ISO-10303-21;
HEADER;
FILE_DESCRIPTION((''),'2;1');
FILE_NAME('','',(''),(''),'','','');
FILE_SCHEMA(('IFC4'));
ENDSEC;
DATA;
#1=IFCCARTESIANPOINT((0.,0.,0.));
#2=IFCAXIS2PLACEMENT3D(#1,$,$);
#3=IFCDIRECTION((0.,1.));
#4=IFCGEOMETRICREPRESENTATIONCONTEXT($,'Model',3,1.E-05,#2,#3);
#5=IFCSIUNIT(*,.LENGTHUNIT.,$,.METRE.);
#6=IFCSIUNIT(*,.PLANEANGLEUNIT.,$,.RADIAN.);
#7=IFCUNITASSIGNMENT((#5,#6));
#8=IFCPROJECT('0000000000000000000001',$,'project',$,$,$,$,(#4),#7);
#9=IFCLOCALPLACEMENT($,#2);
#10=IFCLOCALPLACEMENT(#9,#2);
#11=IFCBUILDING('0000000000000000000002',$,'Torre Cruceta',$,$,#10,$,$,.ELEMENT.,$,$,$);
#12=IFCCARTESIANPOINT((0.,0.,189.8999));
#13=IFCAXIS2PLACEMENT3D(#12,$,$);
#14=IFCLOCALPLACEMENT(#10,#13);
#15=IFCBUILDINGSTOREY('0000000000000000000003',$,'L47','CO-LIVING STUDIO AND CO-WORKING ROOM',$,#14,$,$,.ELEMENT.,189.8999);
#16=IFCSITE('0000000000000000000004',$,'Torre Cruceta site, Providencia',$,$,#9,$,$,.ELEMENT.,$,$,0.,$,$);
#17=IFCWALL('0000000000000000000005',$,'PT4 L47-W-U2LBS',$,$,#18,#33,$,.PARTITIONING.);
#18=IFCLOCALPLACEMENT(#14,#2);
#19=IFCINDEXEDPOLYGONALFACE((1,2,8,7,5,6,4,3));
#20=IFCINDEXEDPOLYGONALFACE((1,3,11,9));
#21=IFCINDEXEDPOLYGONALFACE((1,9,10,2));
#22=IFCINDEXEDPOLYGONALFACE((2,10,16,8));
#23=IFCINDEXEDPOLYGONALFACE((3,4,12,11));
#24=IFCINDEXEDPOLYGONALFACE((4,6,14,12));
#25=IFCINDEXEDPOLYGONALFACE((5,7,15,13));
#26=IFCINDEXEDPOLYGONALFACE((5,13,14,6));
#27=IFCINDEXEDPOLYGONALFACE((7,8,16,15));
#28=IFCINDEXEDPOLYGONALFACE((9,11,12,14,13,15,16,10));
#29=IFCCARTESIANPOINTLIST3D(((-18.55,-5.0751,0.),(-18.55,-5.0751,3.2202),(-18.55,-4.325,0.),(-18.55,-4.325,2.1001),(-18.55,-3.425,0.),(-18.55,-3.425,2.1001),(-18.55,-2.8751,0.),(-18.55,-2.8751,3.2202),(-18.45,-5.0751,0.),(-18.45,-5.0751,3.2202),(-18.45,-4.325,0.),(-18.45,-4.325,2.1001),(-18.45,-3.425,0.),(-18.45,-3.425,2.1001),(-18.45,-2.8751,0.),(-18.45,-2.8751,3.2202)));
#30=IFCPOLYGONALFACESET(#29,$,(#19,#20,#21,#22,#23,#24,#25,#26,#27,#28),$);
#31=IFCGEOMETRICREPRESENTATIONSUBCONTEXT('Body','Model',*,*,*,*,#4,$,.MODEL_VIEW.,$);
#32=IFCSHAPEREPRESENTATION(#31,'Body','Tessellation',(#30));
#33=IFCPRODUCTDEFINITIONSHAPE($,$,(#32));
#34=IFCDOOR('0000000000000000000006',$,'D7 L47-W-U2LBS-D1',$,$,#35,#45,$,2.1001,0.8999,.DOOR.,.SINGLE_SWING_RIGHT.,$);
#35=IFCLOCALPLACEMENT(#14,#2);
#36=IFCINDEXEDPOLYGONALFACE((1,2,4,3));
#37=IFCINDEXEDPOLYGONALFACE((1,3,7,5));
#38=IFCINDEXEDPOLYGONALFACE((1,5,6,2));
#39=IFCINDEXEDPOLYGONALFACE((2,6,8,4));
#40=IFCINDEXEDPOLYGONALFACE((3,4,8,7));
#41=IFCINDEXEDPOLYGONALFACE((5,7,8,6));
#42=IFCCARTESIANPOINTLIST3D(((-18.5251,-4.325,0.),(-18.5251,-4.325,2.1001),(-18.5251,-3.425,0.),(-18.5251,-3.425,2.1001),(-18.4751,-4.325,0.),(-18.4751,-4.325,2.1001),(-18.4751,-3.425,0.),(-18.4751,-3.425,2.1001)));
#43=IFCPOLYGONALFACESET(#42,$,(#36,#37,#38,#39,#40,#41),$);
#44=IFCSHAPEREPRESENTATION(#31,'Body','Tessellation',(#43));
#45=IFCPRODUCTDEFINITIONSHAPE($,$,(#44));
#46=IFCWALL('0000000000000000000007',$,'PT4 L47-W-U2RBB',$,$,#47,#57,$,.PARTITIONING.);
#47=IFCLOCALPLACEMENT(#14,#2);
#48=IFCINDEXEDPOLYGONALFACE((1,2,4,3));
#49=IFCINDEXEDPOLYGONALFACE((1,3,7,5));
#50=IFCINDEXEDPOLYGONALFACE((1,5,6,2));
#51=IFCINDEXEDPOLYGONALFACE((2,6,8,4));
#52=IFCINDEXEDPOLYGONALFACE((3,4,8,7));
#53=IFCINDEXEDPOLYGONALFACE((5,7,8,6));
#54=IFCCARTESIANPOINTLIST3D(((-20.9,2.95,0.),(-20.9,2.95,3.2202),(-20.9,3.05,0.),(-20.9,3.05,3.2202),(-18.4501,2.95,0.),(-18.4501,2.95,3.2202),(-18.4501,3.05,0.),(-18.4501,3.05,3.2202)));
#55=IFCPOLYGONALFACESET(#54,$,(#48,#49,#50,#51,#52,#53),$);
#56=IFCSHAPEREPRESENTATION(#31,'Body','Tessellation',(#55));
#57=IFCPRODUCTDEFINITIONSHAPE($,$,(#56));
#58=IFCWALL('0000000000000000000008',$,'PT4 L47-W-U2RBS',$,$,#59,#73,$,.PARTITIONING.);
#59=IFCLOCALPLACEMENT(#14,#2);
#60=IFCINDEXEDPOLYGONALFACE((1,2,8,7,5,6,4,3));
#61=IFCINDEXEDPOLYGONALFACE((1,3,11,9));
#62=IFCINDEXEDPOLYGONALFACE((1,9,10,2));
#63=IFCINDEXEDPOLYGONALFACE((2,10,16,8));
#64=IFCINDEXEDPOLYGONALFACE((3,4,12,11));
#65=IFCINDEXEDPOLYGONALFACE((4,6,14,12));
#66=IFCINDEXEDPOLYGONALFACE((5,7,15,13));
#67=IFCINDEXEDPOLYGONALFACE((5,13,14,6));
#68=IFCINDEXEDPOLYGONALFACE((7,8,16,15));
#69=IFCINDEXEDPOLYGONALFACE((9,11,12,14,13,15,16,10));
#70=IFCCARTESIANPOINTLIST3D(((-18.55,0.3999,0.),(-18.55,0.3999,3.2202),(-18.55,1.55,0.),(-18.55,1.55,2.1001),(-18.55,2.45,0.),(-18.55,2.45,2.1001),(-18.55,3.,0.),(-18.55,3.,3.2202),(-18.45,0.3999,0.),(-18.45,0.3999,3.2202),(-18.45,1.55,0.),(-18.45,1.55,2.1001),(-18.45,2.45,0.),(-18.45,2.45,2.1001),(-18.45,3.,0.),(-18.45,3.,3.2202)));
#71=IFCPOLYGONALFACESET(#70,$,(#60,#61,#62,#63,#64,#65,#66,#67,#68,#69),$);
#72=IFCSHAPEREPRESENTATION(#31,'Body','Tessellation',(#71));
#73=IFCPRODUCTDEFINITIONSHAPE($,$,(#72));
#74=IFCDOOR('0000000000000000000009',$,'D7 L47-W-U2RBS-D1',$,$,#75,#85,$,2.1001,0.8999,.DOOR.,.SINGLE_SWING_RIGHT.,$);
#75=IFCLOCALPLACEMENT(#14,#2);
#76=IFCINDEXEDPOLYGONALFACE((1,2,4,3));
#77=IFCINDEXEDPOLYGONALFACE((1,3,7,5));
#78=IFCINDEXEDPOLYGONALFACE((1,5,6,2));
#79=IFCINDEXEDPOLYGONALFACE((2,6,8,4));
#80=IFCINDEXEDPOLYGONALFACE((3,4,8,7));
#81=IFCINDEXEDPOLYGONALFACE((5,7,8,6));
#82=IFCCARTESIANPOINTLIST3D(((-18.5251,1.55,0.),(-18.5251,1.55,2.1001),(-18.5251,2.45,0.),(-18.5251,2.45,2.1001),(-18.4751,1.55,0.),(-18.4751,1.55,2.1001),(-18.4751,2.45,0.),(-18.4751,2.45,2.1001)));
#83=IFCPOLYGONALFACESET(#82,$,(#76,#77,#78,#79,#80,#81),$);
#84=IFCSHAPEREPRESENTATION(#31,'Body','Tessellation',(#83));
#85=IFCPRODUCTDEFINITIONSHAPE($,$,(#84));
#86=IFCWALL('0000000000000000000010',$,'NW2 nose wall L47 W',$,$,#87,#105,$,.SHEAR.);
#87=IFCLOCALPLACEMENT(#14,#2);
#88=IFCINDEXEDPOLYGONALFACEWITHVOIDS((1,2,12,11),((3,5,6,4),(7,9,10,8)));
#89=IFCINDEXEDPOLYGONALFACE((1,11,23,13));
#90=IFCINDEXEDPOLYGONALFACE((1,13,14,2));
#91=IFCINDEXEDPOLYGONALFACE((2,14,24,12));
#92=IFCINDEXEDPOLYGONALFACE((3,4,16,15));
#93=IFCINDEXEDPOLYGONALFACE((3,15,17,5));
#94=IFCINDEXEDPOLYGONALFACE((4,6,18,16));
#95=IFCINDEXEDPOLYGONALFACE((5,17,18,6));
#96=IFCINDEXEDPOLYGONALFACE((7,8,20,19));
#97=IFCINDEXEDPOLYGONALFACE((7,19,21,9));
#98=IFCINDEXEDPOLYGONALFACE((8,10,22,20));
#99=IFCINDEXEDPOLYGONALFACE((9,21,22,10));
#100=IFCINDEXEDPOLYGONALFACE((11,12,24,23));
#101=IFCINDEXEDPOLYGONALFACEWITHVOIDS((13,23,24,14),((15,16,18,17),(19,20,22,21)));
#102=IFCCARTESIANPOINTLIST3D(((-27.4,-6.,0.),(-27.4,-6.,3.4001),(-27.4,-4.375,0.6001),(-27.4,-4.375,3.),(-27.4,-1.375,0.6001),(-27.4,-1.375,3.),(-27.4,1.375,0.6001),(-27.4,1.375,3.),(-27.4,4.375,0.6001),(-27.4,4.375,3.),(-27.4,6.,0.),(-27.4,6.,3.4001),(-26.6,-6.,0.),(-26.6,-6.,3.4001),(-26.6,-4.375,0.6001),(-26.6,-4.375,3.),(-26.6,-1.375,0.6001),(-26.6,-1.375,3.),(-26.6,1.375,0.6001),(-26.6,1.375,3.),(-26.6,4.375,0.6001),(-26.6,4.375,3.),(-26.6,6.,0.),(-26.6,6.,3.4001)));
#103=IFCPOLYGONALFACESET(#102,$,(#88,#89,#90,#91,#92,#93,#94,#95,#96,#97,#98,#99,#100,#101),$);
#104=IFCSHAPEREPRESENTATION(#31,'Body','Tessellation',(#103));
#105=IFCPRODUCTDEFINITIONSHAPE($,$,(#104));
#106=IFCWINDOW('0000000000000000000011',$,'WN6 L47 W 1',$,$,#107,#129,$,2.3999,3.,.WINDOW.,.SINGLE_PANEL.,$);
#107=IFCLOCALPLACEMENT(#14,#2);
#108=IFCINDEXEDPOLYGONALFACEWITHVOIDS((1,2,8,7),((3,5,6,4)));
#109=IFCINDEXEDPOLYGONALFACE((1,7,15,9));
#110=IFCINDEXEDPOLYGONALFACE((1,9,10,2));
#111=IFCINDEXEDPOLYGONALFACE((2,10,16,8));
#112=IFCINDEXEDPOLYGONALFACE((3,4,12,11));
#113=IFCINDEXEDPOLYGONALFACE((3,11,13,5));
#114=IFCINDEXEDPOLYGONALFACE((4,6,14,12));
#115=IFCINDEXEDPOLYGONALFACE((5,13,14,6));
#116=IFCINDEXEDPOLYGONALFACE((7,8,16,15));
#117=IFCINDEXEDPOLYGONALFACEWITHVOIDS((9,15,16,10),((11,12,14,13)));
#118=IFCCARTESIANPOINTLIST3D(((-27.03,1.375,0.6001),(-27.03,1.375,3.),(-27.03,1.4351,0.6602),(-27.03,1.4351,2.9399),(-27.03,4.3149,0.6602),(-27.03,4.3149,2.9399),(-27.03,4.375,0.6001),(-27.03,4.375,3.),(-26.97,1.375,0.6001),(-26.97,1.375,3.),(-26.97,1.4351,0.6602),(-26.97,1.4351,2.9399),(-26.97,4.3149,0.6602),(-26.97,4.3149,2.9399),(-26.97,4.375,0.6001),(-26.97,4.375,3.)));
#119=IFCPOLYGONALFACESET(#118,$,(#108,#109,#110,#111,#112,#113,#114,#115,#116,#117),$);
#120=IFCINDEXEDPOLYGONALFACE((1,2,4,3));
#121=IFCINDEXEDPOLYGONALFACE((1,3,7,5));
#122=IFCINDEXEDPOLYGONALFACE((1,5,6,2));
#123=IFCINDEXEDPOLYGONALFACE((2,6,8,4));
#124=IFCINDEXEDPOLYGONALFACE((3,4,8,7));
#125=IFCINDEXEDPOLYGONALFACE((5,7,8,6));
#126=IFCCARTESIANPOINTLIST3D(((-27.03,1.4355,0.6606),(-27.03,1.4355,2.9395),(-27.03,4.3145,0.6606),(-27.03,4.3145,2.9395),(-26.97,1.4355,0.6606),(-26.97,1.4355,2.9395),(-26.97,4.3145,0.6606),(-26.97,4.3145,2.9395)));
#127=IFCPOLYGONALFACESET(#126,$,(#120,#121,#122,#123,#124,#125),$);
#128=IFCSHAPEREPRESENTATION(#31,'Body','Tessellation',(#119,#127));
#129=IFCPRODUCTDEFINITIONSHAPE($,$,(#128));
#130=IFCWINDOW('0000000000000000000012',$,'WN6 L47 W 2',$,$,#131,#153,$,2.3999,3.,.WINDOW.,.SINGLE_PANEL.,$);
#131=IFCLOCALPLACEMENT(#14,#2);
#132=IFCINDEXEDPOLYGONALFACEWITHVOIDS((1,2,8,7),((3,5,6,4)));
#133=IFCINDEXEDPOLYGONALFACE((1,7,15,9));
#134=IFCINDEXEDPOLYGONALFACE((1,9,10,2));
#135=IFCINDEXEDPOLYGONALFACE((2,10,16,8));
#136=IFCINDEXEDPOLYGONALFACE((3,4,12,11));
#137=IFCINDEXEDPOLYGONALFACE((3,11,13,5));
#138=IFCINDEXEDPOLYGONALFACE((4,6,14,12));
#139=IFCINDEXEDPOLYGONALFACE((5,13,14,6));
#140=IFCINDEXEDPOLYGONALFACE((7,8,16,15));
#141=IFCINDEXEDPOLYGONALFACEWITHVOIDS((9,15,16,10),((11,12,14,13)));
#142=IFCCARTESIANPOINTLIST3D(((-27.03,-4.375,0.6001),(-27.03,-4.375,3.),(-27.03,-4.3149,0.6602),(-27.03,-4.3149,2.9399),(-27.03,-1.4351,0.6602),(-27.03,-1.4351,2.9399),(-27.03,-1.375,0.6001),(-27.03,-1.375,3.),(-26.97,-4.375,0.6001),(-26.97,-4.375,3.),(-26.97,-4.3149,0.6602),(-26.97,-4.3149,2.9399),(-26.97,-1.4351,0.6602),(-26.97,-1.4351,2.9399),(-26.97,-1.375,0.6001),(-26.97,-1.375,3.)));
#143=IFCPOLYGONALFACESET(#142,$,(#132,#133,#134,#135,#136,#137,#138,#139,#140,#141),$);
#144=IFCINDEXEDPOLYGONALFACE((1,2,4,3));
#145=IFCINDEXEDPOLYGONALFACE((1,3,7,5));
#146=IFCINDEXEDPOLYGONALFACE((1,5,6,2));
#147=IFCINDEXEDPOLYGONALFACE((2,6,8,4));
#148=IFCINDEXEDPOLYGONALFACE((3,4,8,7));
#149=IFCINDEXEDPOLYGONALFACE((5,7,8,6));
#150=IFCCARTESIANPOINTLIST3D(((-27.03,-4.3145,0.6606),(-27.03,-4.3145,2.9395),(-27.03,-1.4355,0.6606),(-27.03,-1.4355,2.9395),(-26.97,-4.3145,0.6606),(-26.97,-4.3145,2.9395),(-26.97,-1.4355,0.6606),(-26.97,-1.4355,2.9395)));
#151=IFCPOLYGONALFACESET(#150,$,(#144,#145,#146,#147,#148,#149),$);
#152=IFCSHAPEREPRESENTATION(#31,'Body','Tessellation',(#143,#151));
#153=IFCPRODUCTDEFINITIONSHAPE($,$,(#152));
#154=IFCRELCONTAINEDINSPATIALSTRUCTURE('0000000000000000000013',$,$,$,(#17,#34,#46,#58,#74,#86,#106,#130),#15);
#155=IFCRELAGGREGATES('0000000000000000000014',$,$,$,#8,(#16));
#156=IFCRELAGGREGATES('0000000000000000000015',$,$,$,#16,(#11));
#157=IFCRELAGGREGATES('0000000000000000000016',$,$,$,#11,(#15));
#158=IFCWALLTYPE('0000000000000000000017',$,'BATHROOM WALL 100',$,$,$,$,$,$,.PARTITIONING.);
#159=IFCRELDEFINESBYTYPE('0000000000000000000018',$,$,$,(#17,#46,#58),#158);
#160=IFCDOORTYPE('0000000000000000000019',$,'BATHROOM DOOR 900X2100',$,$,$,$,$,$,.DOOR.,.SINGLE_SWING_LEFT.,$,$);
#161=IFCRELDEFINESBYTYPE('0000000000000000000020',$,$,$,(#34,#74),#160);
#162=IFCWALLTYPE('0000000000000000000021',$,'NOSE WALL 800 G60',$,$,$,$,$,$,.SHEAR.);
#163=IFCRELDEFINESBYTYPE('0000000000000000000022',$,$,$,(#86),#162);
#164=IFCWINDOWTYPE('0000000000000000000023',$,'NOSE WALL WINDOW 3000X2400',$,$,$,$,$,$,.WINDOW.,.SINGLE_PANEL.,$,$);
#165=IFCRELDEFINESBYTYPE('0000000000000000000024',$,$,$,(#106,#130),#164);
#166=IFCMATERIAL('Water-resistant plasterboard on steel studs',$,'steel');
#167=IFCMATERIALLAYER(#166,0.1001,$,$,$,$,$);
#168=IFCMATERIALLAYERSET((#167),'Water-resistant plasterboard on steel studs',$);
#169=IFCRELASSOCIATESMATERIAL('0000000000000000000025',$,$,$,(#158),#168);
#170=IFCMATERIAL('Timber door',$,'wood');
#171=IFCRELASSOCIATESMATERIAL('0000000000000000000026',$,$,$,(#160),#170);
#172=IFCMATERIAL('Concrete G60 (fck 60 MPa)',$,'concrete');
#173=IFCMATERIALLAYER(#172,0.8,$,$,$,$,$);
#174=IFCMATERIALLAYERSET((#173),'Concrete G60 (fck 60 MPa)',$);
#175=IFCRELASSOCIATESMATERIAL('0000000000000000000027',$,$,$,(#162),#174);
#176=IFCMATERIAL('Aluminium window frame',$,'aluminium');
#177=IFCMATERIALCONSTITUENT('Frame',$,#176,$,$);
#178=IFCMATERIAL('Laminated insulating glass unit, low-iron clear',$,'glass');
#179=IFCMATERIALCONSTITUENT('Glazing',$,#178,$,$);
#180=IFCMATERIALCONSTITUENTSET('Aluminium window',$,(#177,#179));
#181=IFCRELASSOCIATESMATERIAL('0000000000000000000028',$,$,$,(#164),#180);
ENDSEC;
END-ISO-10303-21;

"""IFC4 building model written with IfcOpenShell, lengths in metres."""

from ifc_helpers import new_model, si_unit, direction, frame, frame_2d, origin, place, context, subcontext, project, spatial, rectangle, hollow_rectangle, extrude, material, layer, layer_set, constituent, constituent_set, type_object, element, fill, save


model = new_model("IFC4")

# Units and contexts
model_context = context("Model", 3, precision=1e-05, world=origin(), true_north=direction((0.0, 1.0)))
body_context = subcontext(model_context, "Body", "Model", "MODEL_VIEW")
ifc_project = project(units=[si_unit("LENGTHUNIT", "METRE"), si_unit("PLANEANGLEUNIT", "RADIAN")], contexts=[model_context])

# Site, building, storey
site_placement = place(None, origin())
site = spatial("IfcSite", under=ifc_project, at=site_placement, Name="Torre Cruceta site, Providencia", CompositionType="ELEMENT", RefElevation=0.0)
building_placement = place(site_placement, origin())
building = spatial("IfcBuilding", under=site, at=building_placement, Name="Torre Cruceta", CompositionType="ELEMENT")
storey_placement = place(building_placement, frame((0.0, 0.0, 189.8999)))
storey = spatial("IfcBuildingStorey", under=building, at=storey_placement, Name="L47", Description="CO-LIVING STUDIO AND CO-WORKING ROOM", CompositionType="ELEMENT", Elevation=189.8999)

# Wall, opening, door
ifc_material_1 = material(Name="Water-resistant plasterboard on steel studs", Category="steel")
ifc_layer_1 = layer(ifc_material_1, 0.1001)
ifc_layer_set_1 = layer_set([ifc_layer_1], Name="Water-resistant plasterboard on steel studs")
wall_type_1 = type_object("IfcWallType", Name="BATHROOM WALL 100", PredefinedType="PARTITIONING", material=ifc_layer_set_1)
wall_1_placement = place(storey_placement, frame((-18.5, -2.875, 0.0), z_axis=(0.0, 0.0, 1.0), x_axis=(0.0, -1.0, 0.0)))
wall_1 = element("IfcWall", 1, at=wall_1_placement, inside=storey, type_object=wall_type_1, Name="PT4 L47-W-U2LBS", PredefinedType="PARTITIONING", context=body_context, shape_type="SweptSolid", body=[
    extrude(rectangle(XDim=2.2, YDim=0.1001, at=frame_2d((1.1001, 0.0))), origin(), (0.0, 0.0, 1.0), 3.2202),
])
opening_1_placement = place(wall_1_placement, frame((0.55, 0.0, 0.0)))
opening_1 = element("IfcOpeningElement", 2, at=opening_1_placement, cuts=wall_1, PredefinedType="OPENING", context=body_context, shape_type="SweptSolid", body=[
    extrude(rectangle(XDim=0.8999, YDim=2.1001, at=frame_2d((0.45, 1.05))), frame((0.0, 0.0601, 0.0), z_axis=(0.0, -1.0, 0.0), x_axis=(1.0, 0.0, 0.0)), (0.0, 0.0, 1.0), 0.1201),
])
ifc_material_2 = material(Name="Timber door", Category="wood")
door_type_1 = type_object("IfcDoorType", Name="BATHROOM DOOR 900X2100", OperationType="SINGLE_SWING_LEFT", PredefinedType="DOOR", material=ifc_material_2)
door_1_placement = place(opening_1_placement, frame((0.8999, 0.0, 0.0), z_axis=(0.0, 0.0, 1.0), x_axis=(-1.0, 0.0, 0.0)))
door_1 = element("IfcDoor", 3, at=door_1_placement, inside=storey, type_object=door_type_1, Name="D7 L47-W-U2LBS-D1", OperationType="SINGLE_SWING_RIGHT", OverallHeight=2.1001, OverallWidth=0.8999, PredefinedType="DOOR", context=body_context, shape_type="SweptSolid", body=[
    extrude(rectangle(XDim=0.8999, YDim=2.1001, at=frame_2d((0.45, 1.05))), frame((0.0, 0.0251, 0.0), z_axis=(0.0, -1.0, 0.0), x_axis=(1.0, 0.0, 0.0)), (0.0, 0.0, 1.0), 0.05),
])
fill(opening_1, door_1)

# Wall
wall_2_placement = place(storey_placement, frame((-18.45, 3.0, 0.0), z_axis=(0.0, 0.0, 1.0), x_axis=(-1.0, 0.0, 0.0)))
element("IfcWall", 4, at=wall_2_placement, inside=storey, type_object=wall_type_1, Name="PT4 L47-W-U2RBB", PredefinedType="PARTITIONING", context=body_context, shape_type="SweptSolid", body=[
    extrude(rectangle(XDim=2.45, YDim=0.1001, at=frame_2d((1.2251, 0.0))), origin(), (0.0, 0.0, 1.0), 3.2202),
])

# Wall, opening, door
wall_3_placement = place(storey_placement, frame((-18.5, 3.0, 0.0), z_axis=(0.0, 0.0, 1.0), x_axis=(0.0, -1.0, 0.0)))
wall_3 = element("IfcWall", 5, at=wall_3_placement, inside=storey, type_object=wall_type_1, Name="PT4 L47-W-U2RBS", PredefinedType="PARTITIONING", context=body_context, shape_type="SweptSolid", body=[
    extrude(rectangle(XDim=2.6001, YDim=0.1001, at=frame_2d((1.3, 0.0))), origin(), (0.0, 0.0, 1.0), 3.2202),
])
opening_2_placement = place(wall_3_placement, frame((0.55, 0.0, 0.0)))
opening_2 = element("IfcOpeningElement", 6, at=opening_2_placement, cuts=wall_3, PredefinedType="OPENING", context=body_context, shape_type="SweptSolid", body=[
    extrude(rectangle(XDim=0.8999, YDim=2.1001, at=frame_2d((0.45, 1.05))), frame((0.0, 0.0601, 0.0), z_axis=(0.0, -1.0, 0.0), x_axis=(1.0, 0.0, 0.0)), (0.0, 0.0, 1.0), 0.1201),
])
door_2_placement = place(opening_2_placement, frame((0.8999, 0.0, 0.0), z_axis=(0.0, 0.0, 1.0), x_axis=(-1.0, 0.0, 0.0)))
door_2 = element("IfcDoor", 7, at=door_2_placement, inside=storey, type_object=door_type_1, Name="D7 L47-W-U2RBS-D1", OperationType="SINGLE_SWING_RIGHT", OverallHeight=2.1001, OverallWidth=0.8999, PredefinedType="DOOR", context=body_context, shape_type="SweptSolid", body=[
    extrude(rectangle(XDim=0.8999, YDim=2.1001, at=frame_2d((0.45, 1.05))), frame((0.0, 0.0251, 0.0), z_axis=(0.0, -1.0, 0.0), x_axis=(1.0, 0.0, 0.0)), (0.0, 0.0, 1.0), 0.05),
])
fill(opening_2, door_2)

# Wall, openings, windows
ifc_material_3 = material(Name="Concrete G60 (fck 60 MPa)", Category="concrete")
ifc_layer_2 = layer(ifc_material_3, 0.8)
ifc_layer_set_2 = layer_set([ifc_layer_2], Name="Concrete G60 (fck 60 MPa)")
wall_type_2 = type_object("IfcWallType", Name="NOSE WALL 800 G60", PredefinedType="SHEAR", material=ifc_layer_set_2)
wall_4_placement = place(storey_placement, frame((-27.0, 6.0, 0.0), z_axis=(0.0, 0.0, 1.0), x_axis=(0.0, -1.0, 0.0)))
wall_4 = element("IfcWall", 8, at=wall_4_placement, inside=storey, type_object=wall_type_2, Name="NW2 nose wall L47 W", PredefinedType="SHEAR", context=body_context, shape_type="SweptSolid", body=[
    extrude(rectangle(XDim=12.0, YDim=0.8, at=frame_2d((6.0, 0.0))), origin(), (0.0, 0.0, 1.0), 3.4001),
])
opening_3_placement = place(wall_4_placement, frame((1.625, 0.0, 0.6001)))
opening_3 = element("IfcOpeningElement", 9, at=opening_3_placement, cuts=wall_4, PredefinedType="OPENING", context=body_context, shape_type="SweptSolid", body=[
    extrude(rectangle(XDim=3.0, YDim=2.3999, at=frame_2d((1.5, 1.2))), frame((0.0, 0.4099, 0.0), z_axis=(0.0, -1.0, 0.0), x_axis=(1.0, 0.0, 0.0)), (0.0, 0.0, 1.0), 0.8201),
])
opening_4_placement = place(wall_4_placement, frame((7.375, 0.0, 0.6001)))
opening_4 = element("IfcOpeningElement", 10, at=opening_4_placement, cuts=wall_4, PredefinedType="OPENING", context=body_context, shape_type="SweptSolid", body=[
    extrude(rectangle(XDim=3.0, YDim=2.3999, at=frame_2d((1.5, 1.2))), frame((0.0, 0.4099, 0.0), z_axis=(0.0, -1.0, 0.0), x_axis=(1.0, 0.0, 0.0)), (0.0, 0.0, 1.0), 0.8201),
])
ifc_material_4 = material(Name="Aluminium window frame", Category="aluminium")
ifc_constituent_1 = constituent(ifc_material_4, Name="Frame")
ifc_material_5 = material(Name="Laminated insulating glass unit, low-iron clear", Category="glass")
ifc_constituent_2 = constituent(ifc_material_5, Name="Glazing")
ifc_constituent_set_1 = constituent_set(constituents=[ifc_constituent_1, ifc_constituent_2], Name="Aluminium window")
window_type = type_object("IfcWindowType", Name="NOSE WALL WINDOW 3000X2400", PartitioningType="SINGLE_PANEL", PredefinedType="WINDOW", material=ifc_constituent_set_1)
window_1_placement = place(opening_3_placement, origin())
window_1 = element("IfcWindow", 11, at=window_1_placement, inside=storey, type_object=window_type, Name="WN6 L47 W 1", OverallHeight=2.3999, OverallWidth=3.0, PartitioningType="SINGLE_PANEL", PredefinedType="WINDOW", context=body_context, shape_type="SweptSolid", body=[
    extrude(hollow_rectangle(XDim=3.0, YDim=2.3999, WallThickness=0.0601, at=frame_2d((1.5, 1.2))), frame((0.0, 0.03, 0.0), z_axis=(0.0, -1.0, 0.0), x_axis=(1.0, 0.0, 0.0)), (0.0, 0.0, 1.0), 0.0601),
    extrude(rectangle(XDim=2.8789, YDim=2.2788, at=frame_2d((1.5, 1.2))), frame((0.0, 0.03, 0.0), z_axis=(0.0, -1.0, 0.0), x_axis=(1.0, 0.0, 0.0)), (0.0, 0.0, 1.0), 0.0601),
])
fill(opening_3, window_1)
window_2_placement = place(opening_4_placement, origin())
window_2 = element("IfcWindow", 12, at=window_2_placement, inside=storey, type_object=window_type, Name="WN6 L47 W 2", OverallHeight=2.3999, OverallWidth=3.0, PartitioningType="SINGLE_PANEL", PredefinedType="WINDOW", context=body_context, shape_type="SweptSolid", body=[
    extrude(hollow_rectangle(XDim=3.0, YDim=2.3999, WallThickness=0.0601, at=frame_2d((1.5, 1.2))), frame((0.0, 0.03, 0.0), z_axis=(0.0, -1.0, 0.0), x_axis=(1.0, 0.0, 0.0)), (0.0, 0.0, 1.0), 0.0601),
    extrude(rectangle(XDim=2.8789, YDim=2.2788, at=frame_2d((1.5, 1.2))), frame((0.0, 0.03, 0.0), z_axis=(0.0, -1.0, 0.0), x_axis=(1.0, 0.0, 0.0)), (0.0, 0.0, 1.0), 0.0601),
])
fill(opening_4, window_2)

save(model, "model.ifc")
